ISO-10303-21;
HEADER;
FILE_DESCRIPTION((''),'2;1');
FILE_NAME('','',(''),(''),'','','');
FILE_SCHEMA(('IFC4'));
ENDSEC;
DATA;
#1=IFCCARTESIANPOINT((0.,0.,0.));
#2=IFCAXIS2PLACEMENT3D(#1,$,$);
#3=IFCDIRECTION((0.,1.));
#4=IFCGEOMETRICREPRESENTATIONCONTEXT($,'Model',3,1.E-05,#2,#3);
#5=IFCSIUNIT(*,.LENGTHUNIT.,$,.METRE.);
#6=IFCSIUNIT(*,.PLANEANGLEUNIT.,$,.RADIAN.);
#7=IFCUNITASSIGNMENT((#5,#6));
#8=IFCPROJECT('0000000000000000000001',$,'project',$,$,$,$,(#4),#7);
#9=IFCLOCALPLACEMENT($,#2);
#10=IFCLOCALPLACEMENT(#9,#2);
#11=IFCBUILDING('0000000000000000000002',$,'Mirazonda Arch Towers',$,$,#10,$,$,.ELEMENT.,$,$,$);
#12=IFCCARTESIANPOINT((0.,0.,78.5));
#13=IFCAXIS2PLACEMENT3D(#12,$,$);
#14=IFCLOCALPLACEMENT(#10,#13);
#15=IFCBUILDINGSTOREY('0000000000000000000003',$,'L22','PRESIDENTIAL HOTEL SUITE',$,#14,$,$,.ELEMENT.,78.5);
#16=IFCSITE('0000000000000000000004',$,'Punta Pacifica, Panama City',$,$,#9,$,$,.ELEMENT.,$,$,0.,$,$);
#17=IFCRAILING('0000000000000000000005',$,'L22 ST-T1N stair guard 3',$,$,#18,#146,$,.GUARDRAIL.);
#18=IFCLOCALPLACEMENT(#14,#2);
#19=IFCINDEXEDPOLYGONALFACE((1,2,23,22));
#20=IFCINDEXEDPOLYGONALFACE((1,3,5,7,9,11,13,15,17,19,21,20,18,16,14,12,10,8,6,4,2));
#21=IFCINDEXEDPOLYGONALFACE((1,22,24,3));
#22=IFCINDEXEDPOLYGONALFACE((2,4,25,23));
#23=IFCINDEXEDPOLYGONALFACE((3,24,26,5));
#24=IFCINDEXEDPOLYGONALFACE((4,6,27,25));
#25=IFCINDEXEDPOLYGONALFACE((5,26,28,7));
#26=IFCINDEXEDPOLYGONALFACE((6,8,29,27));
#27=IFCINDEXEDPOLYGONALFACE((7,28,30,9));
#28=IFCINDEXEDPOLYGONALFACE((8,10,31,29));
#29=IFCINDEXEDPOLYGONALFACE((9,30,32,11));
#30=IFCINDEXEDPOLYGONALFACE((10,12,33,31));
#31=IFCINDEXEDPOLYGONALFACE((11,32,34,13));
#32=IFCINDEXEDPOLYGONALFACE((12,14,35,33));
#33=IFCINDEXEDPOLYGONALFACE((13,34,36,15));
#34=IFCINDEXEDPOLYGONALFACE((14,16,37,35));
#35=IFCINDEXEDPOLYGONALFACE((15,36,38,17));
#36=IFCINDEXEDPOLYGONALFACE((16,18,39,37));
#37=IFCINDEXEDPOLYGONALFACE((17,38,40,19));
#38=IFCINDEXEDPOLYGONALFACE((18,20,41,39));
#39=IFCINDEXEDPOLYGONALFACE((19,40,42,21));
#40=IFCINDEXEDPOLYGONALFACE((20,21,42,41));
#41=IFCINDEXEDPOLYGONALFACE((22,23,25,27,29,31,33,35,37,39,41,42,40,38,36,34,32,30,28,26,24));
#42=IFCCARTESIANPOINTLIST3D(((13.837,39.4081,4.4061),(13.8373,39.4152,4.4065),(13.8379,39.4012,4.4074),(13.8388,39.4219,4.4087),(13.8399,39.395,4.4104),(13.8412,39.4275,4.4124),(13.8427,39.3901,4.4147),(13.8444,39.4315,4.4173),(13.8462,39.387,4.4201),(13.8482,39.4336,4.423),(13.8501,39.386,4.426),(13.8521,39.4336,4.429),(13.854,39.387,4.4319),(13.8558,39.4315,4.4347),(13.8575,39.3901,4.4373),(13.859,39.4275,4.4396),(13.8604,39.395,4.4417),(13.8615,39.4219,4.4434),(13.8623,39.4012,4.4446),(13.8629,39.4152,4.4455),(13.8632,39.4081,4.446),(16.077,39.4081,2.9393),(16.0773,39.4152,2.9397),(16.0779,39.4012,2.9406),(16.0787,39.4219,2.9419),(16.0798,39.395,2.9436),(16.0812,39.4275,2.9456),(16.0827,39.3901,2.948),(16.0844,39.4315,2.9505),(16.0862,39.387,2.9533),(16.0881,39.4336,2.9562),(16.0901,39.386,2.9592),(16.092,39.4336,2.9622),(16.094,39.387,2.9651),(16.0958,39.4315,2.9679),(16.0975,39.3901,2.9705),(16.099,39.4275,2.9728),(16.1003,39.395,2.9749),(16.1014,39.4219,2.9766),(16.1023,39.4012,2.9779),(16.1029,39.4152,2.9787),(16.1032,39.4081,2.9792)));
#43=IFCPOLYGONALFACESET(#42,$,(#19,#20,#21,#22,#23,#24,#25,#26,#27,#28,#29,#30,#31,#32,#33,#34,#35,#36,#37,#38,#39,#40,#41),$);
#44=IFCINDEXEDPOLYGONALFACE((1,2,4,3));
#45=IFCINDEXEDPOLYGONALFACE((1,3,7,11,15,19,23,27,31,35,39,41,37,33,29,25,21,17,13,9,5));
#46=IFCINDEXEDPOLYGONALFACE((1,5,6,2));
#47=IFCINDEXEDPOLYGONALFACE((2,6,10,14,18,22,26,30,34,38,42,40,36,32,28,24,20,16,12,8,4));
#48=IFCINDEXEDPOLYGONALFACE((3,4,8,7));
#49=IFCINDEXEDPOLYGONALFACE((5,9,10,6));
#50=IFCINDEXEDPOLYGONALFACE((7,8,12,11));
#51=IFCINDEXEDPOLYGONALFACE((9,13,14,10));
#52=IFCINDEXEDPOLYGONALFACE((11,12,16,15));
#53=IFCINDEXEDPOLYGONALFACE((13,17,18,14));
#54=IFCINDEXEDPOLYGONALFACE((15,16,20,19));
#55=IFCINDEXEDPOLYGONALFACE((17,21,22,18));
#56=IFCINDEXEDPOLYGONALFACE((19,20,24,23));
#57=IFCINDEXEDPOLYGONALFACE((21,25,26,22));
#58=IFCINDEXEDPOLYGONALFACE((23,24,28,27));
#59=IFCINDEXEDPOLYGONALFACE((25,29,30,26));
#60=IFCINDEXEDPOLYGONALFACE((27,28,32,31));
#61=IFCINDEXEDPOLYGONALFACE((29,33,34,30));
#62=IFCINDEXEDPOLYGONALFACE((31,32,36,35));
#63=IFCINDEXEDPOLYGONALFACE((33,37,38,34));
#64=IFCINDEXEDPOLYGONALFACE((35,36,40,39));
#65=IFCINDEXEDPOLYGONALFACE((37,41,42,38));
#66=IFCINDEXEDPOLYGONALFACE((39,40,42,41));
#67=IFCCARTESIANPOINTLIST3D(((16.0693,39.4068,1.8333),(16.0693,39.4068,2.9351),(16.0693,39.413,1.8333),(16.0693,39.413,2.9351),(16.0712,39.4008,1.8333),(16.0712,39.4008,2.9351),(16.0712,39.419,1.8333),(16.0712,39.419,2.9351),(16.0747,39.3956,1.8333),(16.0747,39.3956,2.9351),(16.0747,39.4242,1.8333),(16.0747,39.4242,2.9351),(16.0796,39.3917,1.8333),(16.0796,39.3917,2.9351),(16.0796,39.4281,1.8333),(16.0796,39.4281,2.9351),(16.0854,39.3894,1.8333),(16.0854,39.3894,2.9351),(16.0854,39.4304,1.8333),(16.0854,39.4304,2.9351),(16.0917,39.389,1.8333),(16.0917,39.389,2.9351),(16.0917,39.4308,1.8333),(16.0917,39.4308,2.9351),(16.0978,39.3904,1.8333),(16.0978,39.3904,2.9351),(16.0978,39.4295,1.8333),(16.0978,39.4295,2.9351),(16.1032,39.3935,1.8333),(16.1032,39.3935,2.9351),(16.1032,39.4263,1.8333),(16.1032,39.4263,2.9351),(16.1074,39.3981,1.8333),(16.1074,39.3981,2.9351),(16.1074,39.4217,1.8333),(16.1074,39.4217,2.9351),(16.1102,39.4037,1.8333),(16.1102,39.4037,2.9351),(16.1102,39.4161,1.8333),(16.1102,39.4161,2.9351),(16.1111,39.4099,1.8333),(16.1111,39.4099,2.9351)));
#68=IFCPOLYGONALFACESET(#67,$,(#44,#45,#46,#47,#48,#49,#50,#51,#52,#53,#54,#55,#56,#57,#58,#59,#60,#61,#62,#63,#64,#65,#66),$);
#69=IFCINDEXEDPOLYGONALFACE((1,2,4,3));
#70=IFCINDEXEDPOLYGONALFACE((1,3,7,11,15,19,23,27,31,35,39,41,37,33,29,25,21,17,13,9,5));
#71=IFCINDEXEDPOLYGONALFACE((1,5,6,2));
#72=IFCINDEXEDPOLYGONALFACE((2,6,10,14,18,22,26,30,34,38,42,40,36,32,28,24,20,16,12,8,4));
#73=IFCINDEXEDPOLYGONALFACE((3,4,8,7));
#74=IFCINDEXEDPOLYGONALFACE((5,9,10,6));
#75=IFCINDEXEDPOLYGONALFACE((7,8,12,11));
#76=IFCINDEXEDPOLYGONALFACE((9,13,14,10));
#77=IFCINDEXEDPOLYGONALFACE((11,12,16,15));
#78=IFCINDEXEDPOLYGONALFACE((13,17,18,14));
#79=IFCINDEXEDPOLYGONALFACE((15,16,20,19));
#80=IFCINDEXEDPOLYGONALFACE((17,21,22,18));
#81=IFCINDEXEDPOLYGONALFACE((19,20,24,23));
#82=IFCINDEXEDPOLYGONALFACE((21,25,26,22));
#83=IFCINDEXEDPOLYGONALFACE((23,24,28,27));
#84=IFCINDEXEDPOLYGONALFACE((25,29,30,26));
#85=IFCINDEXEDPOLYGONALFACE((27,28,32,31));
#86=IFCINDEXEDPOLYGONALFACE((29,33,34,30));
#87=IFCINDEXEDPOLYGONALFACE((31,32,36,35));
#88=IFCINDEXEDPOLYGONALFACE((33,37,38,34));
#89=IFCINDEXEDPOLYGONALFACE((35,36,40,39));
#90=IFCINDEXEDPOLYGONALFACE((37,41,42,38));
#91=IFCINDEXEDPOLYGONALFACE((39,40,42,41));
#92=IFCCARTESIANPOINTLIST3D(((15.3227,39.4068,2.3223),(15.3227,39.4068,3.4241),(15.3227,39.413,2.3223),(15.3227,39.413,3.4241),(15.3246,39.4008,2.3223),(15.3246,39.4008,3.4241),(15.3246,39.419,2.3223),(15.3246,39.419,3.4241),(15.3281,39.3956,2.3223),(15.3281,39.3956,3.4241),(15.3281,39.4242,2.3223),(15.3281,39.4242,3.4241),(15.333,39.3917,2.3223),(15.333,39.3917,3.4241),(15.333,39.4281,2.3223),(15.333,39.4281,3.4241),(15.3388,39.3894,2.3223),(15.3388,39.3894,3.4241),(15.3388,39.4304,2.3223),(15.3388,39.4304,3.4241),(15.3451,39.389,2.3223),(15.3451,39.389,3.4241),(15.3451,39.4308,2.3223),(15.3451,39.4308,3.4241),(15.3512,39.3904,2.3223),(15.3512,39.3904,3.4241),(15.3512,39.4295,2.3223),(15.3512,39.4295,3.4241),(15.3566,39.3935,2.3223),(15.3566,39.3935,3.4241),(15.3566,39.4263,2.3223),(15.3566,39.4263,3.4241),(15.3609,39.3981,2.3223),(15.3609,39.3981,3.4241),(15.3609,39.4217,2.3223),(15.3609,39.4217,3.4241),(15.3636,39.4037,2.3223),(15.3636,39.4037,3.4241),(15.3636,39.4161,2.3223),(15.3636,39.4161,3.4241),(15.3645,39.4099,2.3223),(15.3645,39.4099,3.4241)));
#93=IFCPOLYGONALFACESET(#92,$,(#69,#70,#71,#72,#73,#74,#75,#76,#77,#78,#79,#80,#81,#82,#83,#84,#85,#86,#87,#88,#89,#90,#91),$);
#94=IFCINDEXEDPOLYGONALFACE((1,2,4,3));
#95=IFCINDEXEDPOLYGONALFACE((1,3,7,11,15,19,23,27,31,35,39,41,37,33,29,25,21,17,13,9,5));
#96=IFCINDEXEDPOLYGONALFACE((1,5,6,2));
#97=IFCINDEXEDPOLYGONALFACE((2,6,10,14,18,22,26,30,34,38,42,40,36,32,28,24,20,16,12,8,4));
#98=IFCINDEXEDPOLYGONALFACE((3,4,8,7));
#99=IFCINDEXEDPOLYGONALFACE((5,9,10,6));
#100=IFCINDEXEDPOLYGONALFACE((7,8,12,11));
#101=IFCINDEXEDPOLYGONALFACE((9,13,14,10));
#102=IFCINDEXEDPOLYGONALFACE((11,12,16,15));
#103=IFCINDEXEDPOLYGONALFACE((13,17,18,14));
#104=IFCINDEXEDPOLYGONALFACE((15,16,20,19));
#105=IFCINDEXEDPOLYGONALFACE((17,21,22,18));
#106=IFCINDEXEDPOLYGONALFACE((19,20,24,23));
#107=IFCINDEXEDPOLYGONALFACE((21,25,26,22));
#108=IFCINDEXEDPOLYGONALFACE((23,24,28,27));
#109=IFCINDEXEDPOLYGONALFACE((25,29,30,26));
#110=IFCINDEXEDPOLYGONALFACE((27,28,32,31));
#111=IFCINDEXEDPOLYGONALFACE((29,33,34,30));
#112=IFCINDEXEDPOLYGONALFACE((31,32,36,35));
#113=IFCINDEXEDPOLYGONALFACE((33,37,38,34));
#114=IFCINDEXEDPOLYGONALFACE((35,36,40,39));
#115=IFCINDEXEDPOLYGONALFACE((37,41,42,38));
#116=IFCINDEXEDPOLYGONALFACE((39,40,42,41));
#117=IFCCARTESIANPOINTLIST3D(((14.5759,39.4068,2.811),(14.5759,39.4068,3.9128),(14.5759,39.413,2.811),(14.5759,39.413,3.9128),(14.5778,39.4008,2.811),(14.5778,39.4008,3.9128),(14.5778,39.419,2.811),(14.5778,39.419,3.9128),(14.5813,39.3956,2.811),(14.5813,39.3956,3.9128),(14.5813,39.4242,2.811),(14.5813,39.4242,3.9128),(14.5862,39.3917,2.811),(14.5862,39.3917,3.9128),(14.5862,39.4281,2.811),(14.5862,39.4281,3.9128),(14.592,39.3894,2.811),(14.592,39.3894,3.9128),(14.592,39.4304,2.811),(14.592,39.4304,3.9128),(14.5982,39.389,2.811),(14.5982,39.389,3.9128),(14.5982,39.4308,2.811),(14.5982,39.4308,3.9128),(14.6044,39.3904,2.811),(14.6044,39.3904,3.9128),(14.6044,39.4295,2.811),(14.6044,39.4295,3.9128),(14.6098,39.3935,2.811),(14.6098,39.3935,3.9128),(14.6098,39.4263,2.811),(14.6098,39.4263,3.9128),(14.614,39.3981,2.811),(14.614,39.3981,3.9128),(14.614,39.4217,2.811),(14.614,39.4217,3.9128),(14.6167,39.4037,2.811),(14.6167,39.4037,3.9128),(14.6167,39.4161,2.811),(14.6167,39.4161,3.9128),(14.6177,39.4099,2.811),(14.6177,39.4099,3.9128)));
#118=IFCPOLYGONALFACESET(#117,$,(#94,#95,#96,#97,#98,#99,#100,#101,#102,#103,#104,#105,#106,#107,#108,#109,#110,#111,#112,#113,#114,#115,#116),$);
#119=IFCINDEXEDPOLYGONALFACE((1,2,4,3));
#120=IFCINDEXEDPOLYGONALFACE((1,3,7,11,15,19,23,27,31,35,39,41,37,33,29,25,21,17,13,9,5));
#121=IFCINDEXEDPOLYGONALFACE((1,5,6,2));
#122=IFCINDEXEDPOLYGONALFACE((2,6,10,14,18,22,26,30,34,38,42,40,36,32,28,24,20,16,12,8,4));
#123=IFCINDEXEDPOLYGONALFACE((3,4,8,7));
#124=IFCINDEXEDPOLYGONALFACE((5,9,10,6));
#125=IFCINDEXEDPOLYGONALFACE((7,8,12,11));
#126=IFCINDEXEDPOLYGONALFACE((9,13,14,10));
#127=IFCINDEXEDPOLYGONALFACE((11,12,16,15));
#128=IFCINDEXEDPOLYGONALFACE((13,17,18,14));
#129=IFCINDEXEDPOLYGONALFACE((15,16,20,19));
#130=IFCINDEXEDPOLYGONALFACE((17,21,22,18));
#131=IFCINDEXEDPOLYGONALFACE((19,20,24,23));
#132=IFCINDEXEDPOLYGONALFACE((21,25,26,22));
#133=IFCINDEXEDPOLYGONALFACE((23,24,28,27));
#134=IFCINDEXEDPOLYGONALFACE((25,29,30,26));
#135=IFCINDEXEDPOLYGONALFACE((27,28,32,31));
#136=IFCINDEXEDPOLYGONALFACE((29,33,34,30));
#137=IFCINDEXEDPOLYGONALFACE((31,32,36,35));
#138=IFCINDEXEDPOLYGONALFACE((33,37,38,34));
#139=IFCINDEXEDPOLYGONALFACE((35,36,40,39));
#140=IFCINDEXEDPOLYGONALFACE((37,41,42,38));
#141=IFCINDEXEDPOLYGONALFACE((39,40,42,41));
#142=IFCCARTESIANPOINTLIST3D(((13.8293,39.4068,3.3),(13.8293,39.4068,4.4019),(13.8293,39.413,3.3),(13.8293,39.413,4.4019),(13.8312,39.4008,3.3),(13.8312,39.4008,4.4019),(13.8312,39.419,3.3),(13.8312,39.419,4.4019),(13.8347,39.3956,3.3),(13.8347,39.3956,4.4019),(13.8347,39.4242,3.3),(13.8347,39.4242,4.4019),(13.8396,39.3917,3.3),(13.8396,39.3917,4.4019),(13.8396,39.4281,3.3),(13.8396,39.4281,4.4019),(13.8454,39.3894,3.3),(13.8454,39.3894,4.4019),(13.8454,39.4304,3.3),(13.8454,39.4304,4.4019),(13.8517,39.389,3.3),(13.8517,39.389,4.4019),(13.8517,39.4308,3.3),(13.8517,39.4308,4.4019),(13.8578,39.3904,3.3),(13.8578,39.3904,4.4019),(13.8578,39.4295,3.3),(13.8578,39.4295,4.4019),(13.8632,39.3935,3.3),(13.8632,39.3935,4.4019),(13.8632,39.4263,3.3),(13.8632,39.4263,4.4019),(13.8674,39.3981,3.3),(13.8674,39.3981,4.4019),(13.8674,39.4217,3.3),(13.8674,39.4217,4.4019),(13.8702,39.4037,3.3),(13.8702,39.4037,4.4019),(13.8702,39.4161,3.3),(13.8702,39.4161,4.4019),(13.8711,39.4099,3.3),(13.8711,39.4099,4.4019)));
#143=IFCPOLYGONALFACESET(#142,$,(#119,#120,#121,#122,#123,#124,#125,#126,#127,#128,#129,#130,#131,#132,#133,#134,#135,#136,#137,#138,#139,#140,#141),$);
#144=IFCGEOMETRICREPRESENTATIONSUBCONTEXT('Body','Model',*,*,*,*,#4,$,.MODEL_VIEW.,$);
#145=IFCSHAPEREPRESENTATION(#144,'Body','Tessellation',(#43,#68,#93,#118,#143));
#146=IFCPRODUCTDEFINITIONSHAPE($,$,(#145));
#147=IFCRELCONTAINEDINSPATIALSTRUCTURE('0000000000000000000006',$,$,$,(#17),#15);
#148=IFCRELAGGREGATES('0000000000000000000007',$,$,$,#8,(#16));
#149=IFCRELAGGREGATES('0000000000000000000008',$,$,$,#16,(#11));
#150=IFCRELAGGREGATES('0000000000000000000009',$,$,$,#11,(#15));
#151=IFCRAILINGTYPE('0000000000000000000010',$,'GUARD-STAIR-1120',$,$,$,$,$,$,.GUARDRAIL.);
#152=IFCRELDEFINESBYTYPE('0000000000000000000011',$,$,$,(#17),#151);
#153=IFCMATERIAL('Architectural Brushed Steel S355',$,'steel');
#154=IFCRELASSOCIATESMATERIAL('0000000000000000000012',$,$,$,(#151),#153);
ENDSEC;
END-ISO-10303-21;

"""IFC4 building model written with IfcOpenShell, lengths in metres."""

from ifc_helpers import new_model, si_unit, direction, frame, origin, origin_2d, place, context, subcontext, project, spatial, circle, extrude, material, type_object, element, save


model = new_model("IFC4")

# Units and contexts
model_context = context("Model", 3, precision=1e-05, world=origin(), true_north=direction((0.0, 1.0)))
body_context = subcontext(model_context, "Body", "Model", "MODEL_VIEW")
ifc_project = project(units=[si_unit("LENGTHUNIT", "METRE"), si_unit("PLANEANGLEUNIT", "RADIAN")], contexts=[model_context])

# Site, building, storey
site_placement = place(None, origin())
site = spatial("IfcSite", under=ifc_project, at=site_placement, Name="Punta Pacifica, Panama City", CompositionType="ELEMENT", RefElevation=0.0)
building_placement = place(site_placement, origin())
building = spatial("IfcBuilding", under=site, at=building_placement, Name="Mirazonda Arch Towers", CompositionType="ELEMENT")
storey_placement = place(building_placement, frame((0.0, 0.0, 78.5)))
storey = spatial("IfcBuildingStorey", under=building, at=storey_placement, Name="L22", Description="PRESIDENTIAL HOTEL SUITE", CompositionType="ELEMENT", Elevation=78.5)

# Railing
ifc_material_1 = material(Name="Architectural Brushed Steel S355", Category="steel")
railing_type_1 = type_object("IfcRailingType", Name="GUARD-STAIR-1120", PredefinedType="GUARDRAIL", material=ifc_material_1)
railing_1_placement = place(storey_placement, frame((16.0901, 39.4099, 1.8333)))
element("IfcRailing", 1, at=railing_1_placement, inside=storey, type_object=railing_type_1, Name="L22 ST-T1N stair guard 3", PredefinedType="GUARDRAIL", context=body_context, shape_type="SweptSolid", body=[
    extrude(circle(Radius=0.0239, at=origin_2d()), frame((0.0, 0.0, 1.126), z_axis=(-0.836595, 0.0, 0.547822), x_axis=(0.0, -1.0, 0.0)), (0.0, 0.0, 1.0), 2.6775),
    extrude(circle(Radius=0.021, at=origin_2d()), origin(), (0.0, 0.0, 1.0), 1.1018),
    extrude(circle(Radius=0.021, at=origin_2d()), frame((-0.7466, 0.0, 0.489)), (0.0, 0.0, 1.0), 1.1018),
    extrude(circle(Radius=0.021, at=origin_2d()), frame((-1.4934, 0.0, 0.9778)), (0.0, 0.0, 1.0), 1.1018),
    extrude(circle(Radius=0.021, at=origin_2d()), frame((-2.24, 0.0, 1.4668)), (0.0, 0.0, 1.0), 1.1018),
])

save(model, "model.ifc")
